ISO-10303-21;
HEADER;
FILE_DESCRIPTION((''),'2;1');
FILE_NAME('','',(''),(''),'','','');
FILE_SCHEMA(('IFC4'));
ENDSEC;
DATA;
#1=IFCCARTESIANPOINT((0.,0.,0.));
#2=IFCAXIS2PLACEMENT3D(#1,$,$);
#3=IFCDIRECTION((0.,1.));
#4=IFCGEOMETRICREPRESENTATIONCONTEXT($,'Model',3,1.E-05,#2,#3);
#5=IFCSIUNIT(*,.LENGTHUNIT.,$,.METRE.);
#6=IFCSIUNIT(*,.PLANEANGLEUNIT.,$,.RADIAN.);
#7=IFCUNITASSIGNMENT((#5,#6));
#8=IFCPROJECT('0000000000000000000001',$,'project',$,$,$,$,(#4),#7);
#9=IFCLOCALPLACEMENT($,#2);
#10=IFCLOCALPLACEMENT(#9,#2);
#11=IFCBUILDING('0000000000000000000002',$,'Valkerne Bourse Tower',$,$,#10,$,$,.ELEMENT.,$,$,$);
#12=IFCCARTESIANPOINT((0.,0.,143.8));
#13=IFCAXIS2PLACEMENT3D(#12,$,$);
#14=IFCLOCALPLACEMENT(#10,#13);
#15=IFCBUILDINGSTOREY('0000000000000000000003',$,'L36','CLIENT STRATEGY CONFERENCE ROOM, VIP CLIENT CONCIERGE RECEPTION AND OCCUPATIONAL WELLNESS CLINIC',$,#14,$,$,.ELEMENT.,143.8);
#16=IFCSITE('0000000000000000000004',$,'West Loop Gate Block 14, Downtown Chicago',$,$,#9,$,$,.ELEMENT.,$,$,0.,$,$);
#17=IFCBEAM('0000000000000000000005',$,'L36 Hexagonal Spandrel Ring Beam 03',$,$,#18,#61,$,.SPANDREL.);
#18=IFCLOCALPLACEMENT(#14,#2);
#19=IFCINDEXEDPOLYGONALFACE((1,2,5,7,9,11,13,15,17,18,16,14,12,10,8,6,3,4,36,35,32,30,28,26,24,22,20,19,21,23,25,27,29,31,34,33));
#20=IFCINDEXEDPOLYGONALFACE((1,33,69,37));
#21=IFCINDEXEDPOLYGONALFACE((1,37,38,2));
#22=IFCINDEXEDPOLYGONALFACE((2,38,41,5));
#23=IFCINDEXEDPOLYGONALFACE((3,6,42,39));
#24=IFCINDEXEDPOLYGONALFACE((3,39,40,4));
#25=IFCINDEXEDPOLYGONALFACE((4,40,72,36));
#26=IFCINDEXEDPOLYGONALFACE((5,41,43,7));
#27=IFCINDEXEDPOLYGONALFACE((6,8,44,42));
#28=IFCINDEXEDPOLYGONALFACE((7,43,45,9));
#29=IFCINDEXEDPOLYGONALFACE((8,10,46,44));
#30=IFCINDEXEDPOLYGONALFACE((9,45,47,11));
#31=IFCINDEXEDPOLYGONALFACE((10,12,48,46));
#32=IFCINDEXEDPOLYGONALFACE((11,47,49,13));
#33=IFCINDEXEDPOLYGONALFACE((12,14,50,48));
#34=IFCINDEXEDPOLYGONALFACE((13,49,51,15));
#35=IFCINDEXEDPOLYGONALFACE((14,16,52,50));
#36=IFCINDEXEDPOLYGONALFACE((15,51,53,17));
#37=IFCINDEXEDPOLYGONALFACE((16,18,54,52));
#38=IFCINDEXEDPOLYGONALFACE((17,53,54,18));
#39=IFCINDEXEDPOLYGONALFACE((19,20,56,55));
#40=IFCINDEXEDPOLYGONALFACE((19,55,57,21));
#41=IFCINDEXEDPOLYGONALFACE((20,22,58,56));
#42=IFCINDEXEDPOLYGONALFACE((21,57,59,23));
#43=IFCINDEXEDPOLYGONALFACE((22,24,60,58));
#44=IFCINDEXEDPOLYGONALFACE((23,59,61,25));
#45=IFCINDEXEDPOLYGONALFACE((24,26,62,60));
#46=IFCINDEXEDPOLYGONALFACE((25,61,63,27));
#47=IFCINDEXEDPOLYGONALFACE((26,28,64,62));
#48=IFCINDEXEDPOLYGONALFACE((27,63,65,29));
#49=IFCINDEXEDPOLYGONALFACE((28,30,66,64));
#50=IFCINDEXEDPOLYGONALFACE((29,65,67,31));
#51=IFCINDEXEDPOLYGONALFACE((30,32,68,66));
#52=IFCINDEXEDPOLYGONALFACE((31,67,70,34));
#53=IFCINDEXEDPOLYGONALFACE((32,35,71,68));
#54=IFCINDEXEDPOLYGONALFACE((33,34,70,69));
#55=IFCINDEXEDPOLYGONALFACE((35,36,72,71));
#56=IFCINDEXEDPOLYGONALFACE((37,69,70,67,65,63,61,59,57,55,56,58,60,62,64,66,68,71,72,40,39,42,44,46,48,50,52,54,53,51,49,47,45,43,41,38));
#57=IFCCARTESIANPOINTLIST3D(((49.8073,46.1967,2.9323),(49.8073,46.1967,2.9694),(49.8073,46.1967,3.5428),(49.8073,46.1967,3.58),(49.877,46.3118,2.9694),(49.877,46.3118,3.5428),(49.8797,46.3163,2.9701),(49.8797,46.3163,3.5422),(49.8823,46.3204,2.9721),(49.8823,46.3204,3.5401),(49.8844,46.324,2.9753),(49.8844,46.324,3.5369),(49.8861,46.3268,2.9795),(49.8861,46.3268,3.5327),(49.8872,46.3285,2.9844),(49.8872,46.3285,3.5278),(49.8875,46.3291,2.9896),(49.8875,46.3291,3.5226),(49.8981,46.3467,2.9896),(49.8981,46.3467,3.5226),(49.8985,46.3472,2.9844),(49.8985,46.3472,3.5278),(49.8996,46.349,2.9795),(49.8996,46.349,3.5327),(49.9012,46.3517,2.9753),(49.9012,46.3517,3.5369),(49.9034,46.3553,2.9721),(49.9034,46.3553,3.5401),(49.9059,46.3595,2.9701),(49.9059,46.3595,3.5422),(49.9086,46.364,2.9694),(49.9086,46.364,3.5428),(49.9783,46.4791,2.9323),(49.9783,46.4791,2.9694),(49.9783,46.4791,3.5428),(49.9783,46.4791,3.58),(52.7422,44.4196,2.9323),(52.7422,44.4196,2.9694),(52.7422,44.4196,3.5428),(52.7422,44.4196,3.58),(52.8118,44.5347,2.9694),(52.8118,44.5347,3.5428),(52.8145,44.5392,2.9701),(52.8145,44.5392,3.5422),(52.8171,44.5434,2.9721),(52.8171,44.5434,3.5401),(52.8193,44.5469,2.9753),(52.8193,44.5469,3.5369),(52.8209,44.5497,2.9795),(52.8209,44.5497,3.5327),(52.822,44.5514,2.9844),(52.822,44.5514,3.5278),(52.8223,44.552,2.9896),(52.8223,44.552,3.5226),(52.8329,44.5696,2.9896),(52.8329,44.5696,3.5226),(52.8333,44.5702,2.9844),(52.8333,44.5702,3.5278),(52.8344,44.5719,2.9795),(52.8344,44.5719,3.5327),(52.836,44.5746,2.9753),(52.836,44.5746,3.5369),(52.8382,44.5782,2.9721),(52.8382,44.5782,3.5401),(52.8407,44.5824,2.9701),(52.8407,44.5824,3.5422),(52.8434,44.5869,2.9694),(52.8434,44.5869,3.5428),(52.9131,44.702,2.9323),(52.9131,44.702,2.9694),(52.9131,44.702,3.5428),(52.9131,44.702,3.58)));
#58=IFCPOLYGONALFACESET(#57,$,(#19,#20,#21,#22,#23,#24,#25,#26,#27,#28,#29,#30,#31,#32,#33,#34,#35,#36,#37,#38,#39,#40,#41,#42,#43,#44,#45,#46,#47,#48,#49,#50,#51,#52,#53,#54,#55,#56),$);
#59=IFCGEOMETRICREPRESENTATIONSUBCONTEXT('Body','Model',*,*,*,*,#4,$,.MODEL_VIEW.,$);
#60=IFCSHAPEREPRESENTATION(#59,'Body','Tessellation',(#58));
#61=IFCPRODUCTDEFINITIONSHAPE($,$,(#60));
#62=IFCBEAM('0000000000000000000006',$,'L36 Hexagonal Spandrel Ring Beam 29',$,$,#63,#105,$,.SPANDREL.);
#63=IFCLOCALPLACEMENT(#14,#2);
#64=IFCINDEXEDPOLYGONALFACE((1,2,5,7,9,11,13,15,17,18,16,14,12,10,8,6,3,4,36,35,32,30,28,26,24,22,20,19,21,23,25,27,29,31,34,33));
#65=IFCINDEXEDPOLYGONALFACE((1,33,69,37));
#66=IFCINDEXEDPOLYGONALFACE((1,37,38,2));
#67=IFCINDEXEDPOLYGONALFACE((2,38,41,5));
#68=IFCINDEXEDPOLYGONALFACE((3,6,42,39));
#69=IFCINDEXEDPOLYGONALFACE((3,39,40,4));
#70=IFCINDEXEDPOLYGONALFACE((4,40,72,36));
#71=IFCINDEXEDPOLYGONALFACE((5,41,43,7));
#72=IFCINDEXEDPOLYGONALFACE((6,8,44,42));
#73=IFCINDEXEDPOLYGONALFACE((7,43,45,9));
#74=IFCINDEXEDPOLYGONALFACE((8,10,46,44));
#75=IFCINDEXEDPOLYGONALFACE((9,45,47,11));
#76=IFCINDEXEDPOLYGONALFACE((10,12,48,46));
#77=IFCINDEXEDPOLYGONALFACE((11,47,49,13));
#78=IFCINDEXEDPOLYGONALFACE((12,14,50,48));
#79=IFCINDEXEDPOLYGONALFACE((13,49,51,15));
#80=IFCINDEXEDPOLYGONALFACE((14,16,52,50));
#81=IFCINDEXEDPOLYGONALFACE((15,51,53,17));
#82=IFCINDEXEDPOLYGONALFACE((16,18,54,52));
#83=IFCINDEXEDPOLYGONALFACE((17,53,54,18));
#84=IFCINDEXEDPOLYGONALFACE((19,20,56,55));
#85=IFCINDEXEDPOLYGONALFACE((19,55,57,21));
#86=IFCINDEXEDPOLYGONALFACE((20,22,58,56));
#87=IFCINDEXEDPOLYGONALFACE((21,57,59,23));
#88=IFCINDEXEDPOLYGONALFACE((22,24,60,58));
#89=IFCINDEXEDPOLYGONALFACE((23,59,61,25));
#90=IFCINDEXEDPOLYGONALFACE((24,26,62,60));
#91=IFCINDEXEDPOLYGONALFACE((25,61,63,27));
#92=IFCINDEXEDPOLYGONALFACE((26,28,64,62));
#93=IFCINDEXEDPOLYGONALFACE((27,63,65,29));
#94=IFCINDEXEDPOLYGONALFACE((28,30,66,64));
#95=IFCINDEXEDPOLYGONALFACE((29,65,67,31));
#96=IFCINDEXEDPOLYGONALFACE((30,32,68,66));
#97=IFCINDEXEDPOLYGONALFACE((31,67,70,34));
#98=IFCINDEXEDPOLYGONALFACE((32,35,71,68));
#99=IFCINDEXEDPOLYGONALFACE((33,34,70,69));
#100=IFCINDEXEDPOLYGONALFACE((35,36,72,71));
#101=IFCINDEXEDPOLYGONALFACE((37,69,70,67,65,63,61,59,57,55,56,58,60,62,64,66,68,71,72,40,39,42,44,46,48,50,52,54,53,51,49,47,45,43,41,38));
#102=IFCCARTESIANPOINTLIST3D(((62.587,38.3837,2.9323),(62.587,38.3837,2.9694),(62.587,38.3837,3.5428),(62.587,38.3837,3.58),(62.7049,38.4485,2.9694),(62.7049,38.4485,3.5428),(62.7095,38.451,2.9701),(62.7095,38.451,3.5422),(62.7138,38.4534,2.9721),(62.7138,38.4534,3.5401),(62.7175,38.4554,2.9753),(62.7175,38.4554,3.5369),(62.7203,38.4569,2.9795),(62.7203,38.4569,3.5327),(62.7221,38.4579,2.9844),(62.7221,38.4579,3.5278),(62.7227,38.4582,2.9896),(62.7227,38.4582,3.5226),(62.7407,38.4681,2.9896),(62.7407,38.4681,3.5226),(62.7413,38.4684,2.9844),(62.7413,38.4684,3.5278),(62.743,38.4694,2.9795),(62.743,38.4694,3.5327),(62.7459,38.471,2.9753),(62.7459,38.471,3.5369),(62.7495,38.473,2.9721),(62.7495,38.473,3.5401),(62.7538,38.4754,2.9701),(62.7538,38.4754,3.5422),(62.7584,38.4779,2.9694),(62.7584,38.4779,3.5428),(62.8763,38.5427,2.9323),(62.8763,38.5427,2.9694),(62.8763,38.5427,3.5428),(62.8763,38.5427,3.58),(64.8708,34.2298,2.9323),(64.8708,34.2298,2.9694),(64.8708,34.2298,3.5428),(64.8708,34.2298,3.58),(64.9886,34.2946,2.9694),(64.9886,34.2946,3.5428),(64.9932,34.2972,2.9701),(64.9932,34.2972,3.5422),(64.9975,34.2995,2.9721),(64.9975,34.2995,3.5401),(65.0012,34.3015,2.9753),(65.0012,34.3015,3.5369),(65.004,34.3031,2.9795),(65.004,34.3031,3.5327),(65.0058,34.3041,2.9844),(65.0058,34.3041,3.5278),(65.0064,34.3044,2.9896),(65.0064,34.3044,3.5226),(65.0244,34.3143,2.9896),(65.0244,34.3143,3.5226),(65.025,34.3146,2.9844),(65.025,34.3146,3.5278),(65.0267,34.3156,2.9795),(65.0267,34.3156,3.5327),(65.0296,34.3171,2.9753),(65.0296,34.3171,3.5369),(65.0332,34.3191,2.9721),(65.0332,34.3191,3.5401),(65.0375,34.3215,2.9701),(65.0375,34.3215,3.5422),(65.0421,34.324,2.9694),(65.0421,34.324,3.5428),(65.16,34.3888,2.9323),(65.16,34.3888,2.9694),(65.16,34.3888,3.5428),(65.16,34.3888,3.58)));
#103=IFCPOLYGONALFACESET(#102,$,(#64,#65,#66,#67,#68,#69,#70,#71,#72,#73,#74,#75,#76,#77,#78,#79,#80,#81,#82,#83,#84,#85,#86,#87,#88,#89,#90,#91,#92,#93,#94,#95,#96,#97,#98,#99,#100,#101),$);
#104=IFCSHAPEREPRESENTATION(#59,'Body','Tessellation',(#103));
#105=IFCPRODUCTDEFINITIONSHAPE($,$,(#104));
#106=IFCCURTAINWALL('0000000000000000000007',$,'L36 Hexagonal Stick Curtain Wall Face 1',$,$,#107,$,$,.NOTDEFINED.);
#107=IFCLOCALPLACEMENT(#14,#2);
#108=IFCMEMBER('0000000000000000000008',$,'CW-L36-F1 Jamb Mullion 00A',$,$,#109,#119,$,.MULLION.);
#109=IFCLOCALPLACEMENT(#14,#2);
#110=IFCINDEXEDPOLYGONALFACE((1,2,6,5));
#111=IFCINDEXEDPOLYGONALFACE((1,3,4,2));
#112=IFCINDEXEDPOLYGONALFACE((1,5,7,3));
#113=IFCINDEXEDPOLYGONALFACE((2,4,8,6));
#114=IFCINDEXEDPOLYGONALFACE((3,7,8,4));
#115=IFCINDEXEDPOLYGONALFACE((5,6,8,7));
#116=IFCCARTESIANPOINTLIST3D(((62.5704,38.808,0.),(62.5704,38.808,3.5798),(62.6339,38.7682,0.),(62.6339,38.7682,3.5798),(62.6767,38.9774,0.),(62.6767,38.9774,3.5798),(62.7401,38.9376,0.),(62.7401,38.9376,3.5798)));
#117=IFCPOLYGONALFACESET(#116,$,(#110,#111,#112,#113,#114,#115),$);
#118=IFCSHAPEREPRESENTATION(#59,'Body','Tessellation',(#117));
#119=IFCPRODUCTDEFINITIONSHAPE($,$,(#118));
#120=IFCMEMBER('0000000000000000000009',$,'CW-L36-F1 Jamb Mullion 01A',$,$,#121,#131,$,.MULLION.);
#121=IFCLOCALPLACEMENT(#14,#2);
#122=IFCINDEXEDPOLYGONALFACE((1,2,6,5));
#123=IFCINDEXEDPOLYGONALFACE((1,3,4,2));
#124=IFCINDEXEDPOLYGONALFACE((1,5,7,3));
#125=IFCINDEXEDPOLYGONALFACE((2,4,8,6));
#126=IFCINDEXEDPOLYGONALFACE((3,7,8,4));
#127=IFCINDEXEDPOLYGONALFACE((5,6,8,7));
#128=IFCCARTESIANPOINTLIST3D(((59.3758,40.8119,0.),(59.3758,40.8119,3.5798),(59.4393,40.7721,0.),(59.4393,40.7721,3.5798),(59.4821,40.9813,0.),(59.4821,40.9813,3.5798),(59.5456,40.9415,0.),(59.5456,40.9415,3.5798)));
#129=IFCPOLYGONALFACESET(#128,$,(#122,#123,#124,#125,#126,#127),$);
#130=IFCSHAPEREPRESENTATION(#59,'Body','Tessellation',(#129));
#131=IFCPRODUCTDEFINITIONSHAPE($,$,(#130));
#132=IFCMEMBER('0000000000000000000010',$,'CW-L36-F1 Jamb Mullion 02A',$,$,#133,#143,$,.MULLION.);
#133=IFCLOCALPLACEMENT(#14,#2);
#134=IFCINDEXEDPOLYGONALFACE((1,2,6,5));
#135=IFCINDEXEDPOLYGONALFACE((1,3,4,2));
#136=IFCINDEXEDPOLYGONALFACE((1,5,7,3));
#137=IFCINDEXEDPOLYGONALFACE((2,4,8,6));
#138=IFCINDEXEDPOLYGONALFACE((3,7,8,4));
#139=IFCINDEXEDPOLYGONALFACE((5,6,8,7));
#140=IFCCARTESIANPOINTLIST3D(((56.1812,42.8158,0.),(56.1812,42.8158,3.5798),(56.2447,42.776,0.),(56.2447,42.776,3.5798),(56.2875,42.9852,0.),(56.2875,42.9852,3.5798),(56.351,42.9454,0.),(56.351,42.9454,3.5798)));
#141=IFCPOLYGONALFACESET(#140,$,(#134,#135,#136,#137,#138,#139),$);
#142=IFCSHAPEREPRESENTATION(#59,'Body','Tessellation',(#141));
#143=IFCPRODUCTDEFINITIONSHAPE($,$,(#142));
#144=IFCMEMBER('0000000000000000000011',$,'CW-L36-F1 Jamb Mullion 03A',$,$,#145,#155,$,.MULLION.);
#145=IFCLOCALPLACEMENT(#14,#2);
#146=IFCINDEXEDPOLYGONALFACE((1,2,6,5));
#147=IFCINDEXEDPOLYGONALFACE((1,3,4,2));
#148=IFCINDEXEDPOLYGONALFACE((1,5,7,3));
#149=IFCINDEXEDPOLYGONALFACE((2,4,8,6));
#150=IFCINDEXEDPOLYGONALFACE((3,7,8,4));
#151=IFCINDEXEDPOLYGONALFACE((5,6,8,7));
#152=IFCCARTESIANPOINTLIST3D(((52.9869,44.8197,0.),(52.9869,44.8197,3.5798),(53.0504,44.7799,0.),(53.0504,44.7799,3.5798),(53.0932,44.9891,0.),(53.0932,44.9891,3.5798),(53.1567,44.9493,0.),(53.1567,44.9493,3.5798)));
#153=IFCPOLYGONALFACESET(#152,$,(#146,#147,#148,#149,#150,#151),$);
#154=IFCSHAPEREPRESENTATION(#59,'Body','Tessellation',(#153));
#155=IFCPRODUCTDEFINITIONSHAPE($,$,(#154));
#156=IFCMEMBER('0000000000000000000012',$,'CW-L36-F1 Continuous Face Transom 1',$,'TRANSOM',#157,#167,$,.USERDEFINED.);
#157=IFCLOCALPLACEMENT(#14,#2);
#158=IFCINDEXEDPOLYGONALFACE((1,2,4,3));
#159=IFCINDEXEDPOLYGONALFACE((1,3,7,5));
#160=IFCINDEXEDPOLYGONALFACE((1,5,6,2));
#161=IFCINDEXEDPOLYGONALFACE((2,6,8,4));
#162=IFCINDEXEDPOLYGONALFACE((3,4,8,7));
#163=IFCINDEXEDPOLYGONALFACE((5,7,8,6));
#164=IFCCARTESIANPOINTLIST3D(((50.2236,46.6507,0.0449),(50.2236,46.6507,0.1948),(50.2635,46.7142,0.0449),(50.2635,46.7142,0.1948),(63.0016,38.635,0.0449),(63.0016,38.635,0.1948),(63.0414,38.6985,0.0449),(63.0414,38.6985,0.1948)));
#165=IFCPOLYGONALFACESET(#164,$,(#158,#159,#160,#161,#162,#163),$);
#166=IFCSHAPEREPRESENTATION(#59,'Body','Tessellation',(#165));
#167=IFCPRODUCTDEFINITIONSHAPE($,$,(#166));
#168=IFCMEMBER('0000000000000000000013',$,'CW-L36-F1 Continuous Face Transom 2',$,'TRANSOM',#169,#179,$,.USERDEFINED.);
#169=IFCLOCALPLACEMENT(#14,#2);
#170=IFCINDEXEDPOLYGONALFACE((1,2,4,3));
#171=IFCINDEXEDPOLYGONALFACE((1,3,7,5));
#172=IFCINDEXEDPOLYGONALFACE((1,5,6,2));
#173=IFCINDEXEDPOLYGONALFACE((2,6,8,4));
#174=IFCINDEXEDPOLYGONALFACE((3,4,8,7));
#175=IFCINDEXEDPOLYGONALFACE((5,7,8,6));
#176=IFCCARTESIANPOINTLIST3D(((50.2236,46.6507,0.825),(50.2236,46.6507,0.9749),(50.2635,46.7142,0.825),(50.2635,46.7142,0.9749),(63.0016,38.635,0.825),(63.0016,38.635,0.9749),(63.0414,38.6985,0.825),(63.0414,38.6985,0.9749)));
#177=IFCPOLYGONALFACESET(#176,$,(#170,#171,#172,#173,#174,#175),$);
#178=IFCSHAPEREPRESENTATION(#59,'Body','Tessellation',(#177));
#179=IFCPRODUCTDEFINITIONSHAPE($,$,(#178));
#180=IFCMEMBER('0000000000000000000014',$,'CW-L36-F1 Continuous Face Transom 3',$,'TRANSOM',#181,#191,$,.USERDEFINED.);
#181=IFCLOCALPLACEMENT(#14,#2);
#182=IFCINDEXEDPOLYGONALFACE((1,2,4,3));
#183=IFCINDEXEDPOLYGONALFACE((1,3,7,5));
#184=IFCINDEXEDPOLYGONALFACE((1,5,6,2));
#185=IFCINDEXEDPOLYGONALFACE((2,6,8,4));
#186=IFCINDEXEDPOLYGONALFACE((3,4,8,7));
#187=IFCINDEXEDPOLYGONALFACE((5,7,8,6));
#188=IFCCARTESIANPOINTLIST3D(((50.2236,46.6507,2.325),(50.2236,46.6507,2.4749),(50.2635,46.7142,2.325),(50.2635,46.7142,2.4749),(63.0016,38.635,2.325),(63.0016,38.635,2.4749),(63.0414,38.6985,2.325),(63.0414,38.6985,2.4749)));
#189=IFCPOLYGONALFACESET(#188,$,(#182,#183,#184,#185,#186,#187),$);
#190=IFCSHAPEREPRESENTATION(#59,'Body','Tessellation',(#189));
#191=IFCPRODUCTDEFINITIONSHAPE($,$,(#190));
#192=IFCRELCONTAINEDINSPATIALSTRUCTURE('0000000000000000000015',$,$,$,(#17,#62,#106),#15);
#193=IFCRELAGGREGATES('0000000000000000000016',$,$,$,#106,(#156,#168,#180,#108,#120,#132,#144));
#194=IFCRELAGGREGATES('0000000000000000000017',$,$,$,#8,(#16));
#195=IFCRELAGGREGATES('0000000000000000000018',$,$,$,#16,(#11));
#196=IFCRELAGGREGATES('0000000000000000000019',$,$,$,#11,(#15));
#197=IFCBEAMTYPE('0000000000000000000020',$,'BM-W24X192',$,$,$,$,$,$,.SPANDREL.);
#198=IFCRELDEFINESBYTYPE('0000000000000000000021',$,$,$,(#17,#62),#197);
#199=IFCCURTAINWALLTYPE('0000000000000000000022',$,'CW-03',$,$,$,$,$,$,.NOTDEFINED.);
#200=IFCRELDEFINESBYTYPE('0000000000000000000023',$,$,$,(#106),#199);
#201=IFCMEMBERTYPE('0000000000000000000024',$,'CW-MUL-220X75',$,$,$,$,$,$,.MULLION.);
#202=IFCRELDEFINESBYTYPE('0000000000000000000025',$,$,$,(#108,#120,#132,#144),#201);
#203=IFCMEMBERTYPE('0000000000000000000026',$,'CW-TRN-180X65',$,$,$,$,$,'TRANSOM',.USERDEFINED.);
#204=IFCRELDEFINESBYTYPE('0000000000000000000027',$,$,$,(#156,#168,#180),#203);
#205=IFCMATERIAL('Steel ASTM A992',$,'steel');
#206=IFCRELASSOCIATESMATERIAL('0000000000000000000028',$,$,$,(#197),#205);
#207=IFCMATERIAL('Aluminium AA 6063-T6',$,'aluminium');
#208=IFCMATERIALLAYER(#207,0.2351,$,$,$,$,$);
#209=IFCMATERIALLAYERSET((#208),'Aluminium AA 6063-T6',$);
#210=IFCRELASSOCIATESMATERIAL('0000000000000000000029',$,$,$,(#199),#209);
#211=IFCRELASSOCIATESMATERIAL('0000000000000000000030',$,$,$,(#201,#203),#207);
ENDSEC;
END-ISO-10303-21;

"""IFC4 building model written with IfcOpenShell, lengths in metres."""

from ifc_helpers import new_model, si_unit, direction, frame, origin, origin_2d, place, context, subcontext, project, spatial, rectangle, i_section, extrude, material, layer, layer_set, material_profile, profile_set, type_object, element, aggregate, save


model = new_model("IFC4")

# Units and contexts
model_context = context("Model", 3, precision=1e-05, world=origin(), true_north=direction((0.0, 1.0)))
body_context = subcontext(model_context, "Body", "Model", "MODEL_VIEW")
ifc_project = project(units=[si_unit("LENGTHUNIT", "METRE"), si_unit("PLANEANGLEUNIT", "RADIAN")], contexts=[model_context])

# Site, building, storey
site_placement = place(None, origin())
site = spatial("IfcSite", under=ifc_project, at=site_placement, Name="West Loop Gate Block 14, Downtown Chicago", CompositionType="ELEMENT", RefElevation=0.0)
building_placement = place(site_placement, origin())
building = spatial("IfcBuilding", under=site, at=building_placement, Name="Valkerne Bourse Tower", CompositionType="ELEMENT")
storey_placement = place(building_placement, frame((0.0, 0.0, 143.8)))
storey = spatial("IfcBuildingStorey", under=building, at=storey_placement, Name="L36", Description="CLIENT STRATEGY CONFERENCE ROOM, VIP CLIENT CONCIERGE RECEPTION AND OCCUPATIONAL WELLNESS CLINIC", CompositionType="ELEMENT", Elevation=143.8)

# Beams
ifc_material_1 = material(Name="Steel ASTM A992", Category="steel")
ifc_material_profile_1 = material_profile(ifc_material_1, i_section(OverallWidth=0.3301, OverallDepth=0.6477, WebThickness=0.0205, FlangeThickness=0.0371, FilletRadius=0.0203, at=origin_2d()), Name="W24X192")
ifc_profile_set_1 = profile_set([ifc_material_profile_1], Name="Steel ASTM A992")
beam_type = type_object("IfcBeamType", Name="BM-W24X192", PredefinedType="SPANDREL", material=ifc_profile_set_1)
beam_1_placement = place(storey_placement, frame((52.8276, 44.5608, 3.2561), z_axis=(-0.855401, 0.517966, 0.0), x_axis=(-0.517966, -0.855401, 0.0)))
element("IfcBeam", 1, at=beam_1_placement, inside=storey, type_object=beam_type, Name="L36 Hexagonal Spandrel Ring Beam 03", PredefinedType="SPANDREL", context=body_context, shape_type="SweptSolid", body=[
    extrude(i_section(OverallWidth=0.3301, OverallDepth=0.6477, WebThickness=0.0205, FlangeThickness=0.0371, FilletRadius=0.0203, at=origin_2d()), origin(), (0.0, 0.0, 1.0), 3.4309),
])
beam_2_placement = place(storey_placement, frame((65.0154, 34.3093, 3.2561), z_axis=(-0.481772, 0.876296, 0.0), x_axis=(-0.876296, -0.481772, 0.0)))
element("IfcBeam", 2, at=beam_2_placement, inside=storey, type_object=beam_type, Name="L36 Hexagonal Spandrel Ring Beam 29", PredefinedType="SPANDREL", context=body_context, shape_type="SweptSolid", body=[
    extrude(i_section(OverallWidth=0.3301, OverallDepth=0.6477, WebThickness=0.0205, FlangeThickness=0.0371, FilletRadius=0.0203, at=origin_2d()), origin(), (0.0, 0.0, 1.0), 4.7402),
])

# Curtain wall, members
ifc_material_2 = material(Name="Aluminium AA 6063-T6", Category="aluminium")
ifc_layer_1 = layer(ifc_material_2, 0.2351)
ifc_layer_set_1 = layer_set([ifc_layer_1], Name="Aluminium AA 6063-T6")
curtain_wall_type = type_object("IfcCurtainWallType", Name="CW-03", PredefinedType="NOTDEFINED", material=ifc_layer_set_1)
curtain_wall_placement = place(storey_placement, origin())
curtain_wall = element("IfcCurtainWall", 3, at=curtain_wall_placement, inside=storey, type_object=curtain_wall_type, Name="L36 Hexagonal Stick Curtain Wall Face 1", PredefinedType="NOTDEFINED")
ifc_material_profile_2 = material_profile(ifc_material_2, rectangle(XDim=0.075, YDim=0.2, at=origin_2d()), Name="CWM-75X200")
ifc_profile_set_2 = profile_set([ifc_material_profile_2], Name="Aluminium AA 6063-T6")
member_type_1 = type_object("IfcMemberType", Name="CW-MUL-220X75", PredefinedType="MULLION", material=ifc_profile_set_2)
member_1_placement = place(storey_placement, frame((62.6553, 38.8728, 0.0), z_axis=(0.0, 0.0, 1.0), x_axis=(-0.847123, 0.531397, 0.0)))
member_1 = element("IfcMember", 4, at=member_1_placement, type_object=member_type_1, Name="CW-L36-F1 Jamb Mullion 00A", PredefinedType="MULLION", context=body_context, shape_type="SweptSolid", body=[
    extrude(rectangle(XDim=0.075, YDim=0.2, at=origin_2d()), origin(), (0.0, 0.0, 1.0), 3.5798),
])
member_2_placement = place(storey_placement, frame((59.4607, 40.8767, 0.0), z_axis=(0.0, 0.0, 1.0), x_axis=(-0.847123, 0.531397, 0.0)))
member_2 = element("IfcMember", 5, at=member_2_placement, type_object=member_type_1, Name="CW-L36-F1 Jamb Mullion 01A", PredefinedType="MULLION", context=body_context, shape_type="SweptSolid", body=[
    extrude(rectangle(XDim=0.075, YDim=0.2, at=origin_2d()), origin(), (0.0, 0.0, 1.0), 3.5798),
])
member_3_placement = place(storey_placement, frame((56.2661, 42.8806, 0.0), z_axis=(0.0, 0.0, 1.0), x_axis=(-0.847123, 0.531397, 0.0)))
member_3 = element("IfcMember", 6, at=member_3_placement, type_object=member_type_1, Name="CW-L36-F1 Jamb Mullion 02A", PredefinedType="MULLION", context=body_context, shape_type="SweptSolid", body=[
    extrude(rectangle(XDim=0.075, YDim=0.2, at=origin_2d()), origin(), (0.0, 0.0, 1.0), 3.5798),
])
member_4_placement = place(storey_placement, frame((53.0718, 44.8845, 0.0), z_axis=(0.0, 0.0, 1.0), x_axis=(-0.847123, 0.531397, 0.0)))
member_4 = element("IfcMember", 7, at=member_4_placement, type_object=member_type_1, Name="CW-L36-F1 Jamb Mullion 03A", PredefinedType="MULLION", context=body_context, shape_type="SweptSolid", body=[
    extrude(rectangle(XDim=0.075, YDim=0.2, at=origin_2d()), origin(), (0.0, 0.0, 1.0), 3.5798),
])
ifc_material_profile_3 = material_profile(ifc_material_2, rectangle(XDim=0.075, YDim=0.1499, at=origin_2d()), Name="CWT-75X150")
ifc_profile_set_3 = profile_set([ifc_material_profile_3], Name="Aluminium AA 6063-T6")
member_type_2 = type_object("IfcMemberType", Name="CW-TRN-180X65", ElementType="TRANSOM", PredefinedType="USERDEFINED", material=ifc_profile_set_3)
member_5_placement = place(storey_placement, frame((63.0215, 38.6667, 0.1199), z_axis=(-0.847119, 0.531404, 0.0), x_axis=(-0.531404, -0.847119, 0.0)))
member_5 = element("IfcMember", 8, at=member_5_placement, type_object=member_type_2, Name="CW-L36-F1 Continuous Face Transom 1", ObjectType="TRANSOM", PredefinedType="USERDEFINED", context=body_context, shape_type="SweptSolid", body=[
    extrude(rectangle(XDim=0.075, YDim=0.1499, at=origin_2d()), origin(), (0.0, 0.0, 1.0), 15.084),
])
member_6_placement = place(storey_placement, frame((63.0215, 38.6667, 0.8999), z_axis=(-0.847119, 0.531404, 0.0), x_axis=(-0.531404, -0.847119, 0.0)))
member_6 = element("IfcMember", 9, at=member_6_placement, type_object=member_type_2, Name="CW-L36-F1 Continuous Face Transom 2", ObjectType="TRANSOM", PredefinedType="USERDEFINED", context=body_context, shape_type="SweptSolid", body=[
    extrude(rectangle(XDim=0.075, YDim=0.1499, at=origin_2d()), origin(), (0.0, 0.0, 1.0), 15.084),
])
member_7_placement = place(storey_placement, frame((63.0215, 38.6667, 2.3999), z_axis=(-0.847119, 0.531404, 0.0), x_axis=(-0.531404, -0.847119, 0.0)))
member_7 = element("IfcMember", 10, at=member_7_placement, type_object=member_type_2, Name="CW-L36-F1 Continuous Face Transom 3", ObjectType="TRANSOM", PredefinedType="USERDEFINED", context=body_context, shape_type="SweptSolid", body=[
    extrude(rectangle(XDim=0.075, YDim=0.1499, at=origin_2d()), origin(), (0.0, 0.0, 1.0), 15.084),
])

aggregate(curtain_wall, [member_5, member_6, member_7, member_1, member_2, member_3, member_4])

save(model, "model.ifc")
